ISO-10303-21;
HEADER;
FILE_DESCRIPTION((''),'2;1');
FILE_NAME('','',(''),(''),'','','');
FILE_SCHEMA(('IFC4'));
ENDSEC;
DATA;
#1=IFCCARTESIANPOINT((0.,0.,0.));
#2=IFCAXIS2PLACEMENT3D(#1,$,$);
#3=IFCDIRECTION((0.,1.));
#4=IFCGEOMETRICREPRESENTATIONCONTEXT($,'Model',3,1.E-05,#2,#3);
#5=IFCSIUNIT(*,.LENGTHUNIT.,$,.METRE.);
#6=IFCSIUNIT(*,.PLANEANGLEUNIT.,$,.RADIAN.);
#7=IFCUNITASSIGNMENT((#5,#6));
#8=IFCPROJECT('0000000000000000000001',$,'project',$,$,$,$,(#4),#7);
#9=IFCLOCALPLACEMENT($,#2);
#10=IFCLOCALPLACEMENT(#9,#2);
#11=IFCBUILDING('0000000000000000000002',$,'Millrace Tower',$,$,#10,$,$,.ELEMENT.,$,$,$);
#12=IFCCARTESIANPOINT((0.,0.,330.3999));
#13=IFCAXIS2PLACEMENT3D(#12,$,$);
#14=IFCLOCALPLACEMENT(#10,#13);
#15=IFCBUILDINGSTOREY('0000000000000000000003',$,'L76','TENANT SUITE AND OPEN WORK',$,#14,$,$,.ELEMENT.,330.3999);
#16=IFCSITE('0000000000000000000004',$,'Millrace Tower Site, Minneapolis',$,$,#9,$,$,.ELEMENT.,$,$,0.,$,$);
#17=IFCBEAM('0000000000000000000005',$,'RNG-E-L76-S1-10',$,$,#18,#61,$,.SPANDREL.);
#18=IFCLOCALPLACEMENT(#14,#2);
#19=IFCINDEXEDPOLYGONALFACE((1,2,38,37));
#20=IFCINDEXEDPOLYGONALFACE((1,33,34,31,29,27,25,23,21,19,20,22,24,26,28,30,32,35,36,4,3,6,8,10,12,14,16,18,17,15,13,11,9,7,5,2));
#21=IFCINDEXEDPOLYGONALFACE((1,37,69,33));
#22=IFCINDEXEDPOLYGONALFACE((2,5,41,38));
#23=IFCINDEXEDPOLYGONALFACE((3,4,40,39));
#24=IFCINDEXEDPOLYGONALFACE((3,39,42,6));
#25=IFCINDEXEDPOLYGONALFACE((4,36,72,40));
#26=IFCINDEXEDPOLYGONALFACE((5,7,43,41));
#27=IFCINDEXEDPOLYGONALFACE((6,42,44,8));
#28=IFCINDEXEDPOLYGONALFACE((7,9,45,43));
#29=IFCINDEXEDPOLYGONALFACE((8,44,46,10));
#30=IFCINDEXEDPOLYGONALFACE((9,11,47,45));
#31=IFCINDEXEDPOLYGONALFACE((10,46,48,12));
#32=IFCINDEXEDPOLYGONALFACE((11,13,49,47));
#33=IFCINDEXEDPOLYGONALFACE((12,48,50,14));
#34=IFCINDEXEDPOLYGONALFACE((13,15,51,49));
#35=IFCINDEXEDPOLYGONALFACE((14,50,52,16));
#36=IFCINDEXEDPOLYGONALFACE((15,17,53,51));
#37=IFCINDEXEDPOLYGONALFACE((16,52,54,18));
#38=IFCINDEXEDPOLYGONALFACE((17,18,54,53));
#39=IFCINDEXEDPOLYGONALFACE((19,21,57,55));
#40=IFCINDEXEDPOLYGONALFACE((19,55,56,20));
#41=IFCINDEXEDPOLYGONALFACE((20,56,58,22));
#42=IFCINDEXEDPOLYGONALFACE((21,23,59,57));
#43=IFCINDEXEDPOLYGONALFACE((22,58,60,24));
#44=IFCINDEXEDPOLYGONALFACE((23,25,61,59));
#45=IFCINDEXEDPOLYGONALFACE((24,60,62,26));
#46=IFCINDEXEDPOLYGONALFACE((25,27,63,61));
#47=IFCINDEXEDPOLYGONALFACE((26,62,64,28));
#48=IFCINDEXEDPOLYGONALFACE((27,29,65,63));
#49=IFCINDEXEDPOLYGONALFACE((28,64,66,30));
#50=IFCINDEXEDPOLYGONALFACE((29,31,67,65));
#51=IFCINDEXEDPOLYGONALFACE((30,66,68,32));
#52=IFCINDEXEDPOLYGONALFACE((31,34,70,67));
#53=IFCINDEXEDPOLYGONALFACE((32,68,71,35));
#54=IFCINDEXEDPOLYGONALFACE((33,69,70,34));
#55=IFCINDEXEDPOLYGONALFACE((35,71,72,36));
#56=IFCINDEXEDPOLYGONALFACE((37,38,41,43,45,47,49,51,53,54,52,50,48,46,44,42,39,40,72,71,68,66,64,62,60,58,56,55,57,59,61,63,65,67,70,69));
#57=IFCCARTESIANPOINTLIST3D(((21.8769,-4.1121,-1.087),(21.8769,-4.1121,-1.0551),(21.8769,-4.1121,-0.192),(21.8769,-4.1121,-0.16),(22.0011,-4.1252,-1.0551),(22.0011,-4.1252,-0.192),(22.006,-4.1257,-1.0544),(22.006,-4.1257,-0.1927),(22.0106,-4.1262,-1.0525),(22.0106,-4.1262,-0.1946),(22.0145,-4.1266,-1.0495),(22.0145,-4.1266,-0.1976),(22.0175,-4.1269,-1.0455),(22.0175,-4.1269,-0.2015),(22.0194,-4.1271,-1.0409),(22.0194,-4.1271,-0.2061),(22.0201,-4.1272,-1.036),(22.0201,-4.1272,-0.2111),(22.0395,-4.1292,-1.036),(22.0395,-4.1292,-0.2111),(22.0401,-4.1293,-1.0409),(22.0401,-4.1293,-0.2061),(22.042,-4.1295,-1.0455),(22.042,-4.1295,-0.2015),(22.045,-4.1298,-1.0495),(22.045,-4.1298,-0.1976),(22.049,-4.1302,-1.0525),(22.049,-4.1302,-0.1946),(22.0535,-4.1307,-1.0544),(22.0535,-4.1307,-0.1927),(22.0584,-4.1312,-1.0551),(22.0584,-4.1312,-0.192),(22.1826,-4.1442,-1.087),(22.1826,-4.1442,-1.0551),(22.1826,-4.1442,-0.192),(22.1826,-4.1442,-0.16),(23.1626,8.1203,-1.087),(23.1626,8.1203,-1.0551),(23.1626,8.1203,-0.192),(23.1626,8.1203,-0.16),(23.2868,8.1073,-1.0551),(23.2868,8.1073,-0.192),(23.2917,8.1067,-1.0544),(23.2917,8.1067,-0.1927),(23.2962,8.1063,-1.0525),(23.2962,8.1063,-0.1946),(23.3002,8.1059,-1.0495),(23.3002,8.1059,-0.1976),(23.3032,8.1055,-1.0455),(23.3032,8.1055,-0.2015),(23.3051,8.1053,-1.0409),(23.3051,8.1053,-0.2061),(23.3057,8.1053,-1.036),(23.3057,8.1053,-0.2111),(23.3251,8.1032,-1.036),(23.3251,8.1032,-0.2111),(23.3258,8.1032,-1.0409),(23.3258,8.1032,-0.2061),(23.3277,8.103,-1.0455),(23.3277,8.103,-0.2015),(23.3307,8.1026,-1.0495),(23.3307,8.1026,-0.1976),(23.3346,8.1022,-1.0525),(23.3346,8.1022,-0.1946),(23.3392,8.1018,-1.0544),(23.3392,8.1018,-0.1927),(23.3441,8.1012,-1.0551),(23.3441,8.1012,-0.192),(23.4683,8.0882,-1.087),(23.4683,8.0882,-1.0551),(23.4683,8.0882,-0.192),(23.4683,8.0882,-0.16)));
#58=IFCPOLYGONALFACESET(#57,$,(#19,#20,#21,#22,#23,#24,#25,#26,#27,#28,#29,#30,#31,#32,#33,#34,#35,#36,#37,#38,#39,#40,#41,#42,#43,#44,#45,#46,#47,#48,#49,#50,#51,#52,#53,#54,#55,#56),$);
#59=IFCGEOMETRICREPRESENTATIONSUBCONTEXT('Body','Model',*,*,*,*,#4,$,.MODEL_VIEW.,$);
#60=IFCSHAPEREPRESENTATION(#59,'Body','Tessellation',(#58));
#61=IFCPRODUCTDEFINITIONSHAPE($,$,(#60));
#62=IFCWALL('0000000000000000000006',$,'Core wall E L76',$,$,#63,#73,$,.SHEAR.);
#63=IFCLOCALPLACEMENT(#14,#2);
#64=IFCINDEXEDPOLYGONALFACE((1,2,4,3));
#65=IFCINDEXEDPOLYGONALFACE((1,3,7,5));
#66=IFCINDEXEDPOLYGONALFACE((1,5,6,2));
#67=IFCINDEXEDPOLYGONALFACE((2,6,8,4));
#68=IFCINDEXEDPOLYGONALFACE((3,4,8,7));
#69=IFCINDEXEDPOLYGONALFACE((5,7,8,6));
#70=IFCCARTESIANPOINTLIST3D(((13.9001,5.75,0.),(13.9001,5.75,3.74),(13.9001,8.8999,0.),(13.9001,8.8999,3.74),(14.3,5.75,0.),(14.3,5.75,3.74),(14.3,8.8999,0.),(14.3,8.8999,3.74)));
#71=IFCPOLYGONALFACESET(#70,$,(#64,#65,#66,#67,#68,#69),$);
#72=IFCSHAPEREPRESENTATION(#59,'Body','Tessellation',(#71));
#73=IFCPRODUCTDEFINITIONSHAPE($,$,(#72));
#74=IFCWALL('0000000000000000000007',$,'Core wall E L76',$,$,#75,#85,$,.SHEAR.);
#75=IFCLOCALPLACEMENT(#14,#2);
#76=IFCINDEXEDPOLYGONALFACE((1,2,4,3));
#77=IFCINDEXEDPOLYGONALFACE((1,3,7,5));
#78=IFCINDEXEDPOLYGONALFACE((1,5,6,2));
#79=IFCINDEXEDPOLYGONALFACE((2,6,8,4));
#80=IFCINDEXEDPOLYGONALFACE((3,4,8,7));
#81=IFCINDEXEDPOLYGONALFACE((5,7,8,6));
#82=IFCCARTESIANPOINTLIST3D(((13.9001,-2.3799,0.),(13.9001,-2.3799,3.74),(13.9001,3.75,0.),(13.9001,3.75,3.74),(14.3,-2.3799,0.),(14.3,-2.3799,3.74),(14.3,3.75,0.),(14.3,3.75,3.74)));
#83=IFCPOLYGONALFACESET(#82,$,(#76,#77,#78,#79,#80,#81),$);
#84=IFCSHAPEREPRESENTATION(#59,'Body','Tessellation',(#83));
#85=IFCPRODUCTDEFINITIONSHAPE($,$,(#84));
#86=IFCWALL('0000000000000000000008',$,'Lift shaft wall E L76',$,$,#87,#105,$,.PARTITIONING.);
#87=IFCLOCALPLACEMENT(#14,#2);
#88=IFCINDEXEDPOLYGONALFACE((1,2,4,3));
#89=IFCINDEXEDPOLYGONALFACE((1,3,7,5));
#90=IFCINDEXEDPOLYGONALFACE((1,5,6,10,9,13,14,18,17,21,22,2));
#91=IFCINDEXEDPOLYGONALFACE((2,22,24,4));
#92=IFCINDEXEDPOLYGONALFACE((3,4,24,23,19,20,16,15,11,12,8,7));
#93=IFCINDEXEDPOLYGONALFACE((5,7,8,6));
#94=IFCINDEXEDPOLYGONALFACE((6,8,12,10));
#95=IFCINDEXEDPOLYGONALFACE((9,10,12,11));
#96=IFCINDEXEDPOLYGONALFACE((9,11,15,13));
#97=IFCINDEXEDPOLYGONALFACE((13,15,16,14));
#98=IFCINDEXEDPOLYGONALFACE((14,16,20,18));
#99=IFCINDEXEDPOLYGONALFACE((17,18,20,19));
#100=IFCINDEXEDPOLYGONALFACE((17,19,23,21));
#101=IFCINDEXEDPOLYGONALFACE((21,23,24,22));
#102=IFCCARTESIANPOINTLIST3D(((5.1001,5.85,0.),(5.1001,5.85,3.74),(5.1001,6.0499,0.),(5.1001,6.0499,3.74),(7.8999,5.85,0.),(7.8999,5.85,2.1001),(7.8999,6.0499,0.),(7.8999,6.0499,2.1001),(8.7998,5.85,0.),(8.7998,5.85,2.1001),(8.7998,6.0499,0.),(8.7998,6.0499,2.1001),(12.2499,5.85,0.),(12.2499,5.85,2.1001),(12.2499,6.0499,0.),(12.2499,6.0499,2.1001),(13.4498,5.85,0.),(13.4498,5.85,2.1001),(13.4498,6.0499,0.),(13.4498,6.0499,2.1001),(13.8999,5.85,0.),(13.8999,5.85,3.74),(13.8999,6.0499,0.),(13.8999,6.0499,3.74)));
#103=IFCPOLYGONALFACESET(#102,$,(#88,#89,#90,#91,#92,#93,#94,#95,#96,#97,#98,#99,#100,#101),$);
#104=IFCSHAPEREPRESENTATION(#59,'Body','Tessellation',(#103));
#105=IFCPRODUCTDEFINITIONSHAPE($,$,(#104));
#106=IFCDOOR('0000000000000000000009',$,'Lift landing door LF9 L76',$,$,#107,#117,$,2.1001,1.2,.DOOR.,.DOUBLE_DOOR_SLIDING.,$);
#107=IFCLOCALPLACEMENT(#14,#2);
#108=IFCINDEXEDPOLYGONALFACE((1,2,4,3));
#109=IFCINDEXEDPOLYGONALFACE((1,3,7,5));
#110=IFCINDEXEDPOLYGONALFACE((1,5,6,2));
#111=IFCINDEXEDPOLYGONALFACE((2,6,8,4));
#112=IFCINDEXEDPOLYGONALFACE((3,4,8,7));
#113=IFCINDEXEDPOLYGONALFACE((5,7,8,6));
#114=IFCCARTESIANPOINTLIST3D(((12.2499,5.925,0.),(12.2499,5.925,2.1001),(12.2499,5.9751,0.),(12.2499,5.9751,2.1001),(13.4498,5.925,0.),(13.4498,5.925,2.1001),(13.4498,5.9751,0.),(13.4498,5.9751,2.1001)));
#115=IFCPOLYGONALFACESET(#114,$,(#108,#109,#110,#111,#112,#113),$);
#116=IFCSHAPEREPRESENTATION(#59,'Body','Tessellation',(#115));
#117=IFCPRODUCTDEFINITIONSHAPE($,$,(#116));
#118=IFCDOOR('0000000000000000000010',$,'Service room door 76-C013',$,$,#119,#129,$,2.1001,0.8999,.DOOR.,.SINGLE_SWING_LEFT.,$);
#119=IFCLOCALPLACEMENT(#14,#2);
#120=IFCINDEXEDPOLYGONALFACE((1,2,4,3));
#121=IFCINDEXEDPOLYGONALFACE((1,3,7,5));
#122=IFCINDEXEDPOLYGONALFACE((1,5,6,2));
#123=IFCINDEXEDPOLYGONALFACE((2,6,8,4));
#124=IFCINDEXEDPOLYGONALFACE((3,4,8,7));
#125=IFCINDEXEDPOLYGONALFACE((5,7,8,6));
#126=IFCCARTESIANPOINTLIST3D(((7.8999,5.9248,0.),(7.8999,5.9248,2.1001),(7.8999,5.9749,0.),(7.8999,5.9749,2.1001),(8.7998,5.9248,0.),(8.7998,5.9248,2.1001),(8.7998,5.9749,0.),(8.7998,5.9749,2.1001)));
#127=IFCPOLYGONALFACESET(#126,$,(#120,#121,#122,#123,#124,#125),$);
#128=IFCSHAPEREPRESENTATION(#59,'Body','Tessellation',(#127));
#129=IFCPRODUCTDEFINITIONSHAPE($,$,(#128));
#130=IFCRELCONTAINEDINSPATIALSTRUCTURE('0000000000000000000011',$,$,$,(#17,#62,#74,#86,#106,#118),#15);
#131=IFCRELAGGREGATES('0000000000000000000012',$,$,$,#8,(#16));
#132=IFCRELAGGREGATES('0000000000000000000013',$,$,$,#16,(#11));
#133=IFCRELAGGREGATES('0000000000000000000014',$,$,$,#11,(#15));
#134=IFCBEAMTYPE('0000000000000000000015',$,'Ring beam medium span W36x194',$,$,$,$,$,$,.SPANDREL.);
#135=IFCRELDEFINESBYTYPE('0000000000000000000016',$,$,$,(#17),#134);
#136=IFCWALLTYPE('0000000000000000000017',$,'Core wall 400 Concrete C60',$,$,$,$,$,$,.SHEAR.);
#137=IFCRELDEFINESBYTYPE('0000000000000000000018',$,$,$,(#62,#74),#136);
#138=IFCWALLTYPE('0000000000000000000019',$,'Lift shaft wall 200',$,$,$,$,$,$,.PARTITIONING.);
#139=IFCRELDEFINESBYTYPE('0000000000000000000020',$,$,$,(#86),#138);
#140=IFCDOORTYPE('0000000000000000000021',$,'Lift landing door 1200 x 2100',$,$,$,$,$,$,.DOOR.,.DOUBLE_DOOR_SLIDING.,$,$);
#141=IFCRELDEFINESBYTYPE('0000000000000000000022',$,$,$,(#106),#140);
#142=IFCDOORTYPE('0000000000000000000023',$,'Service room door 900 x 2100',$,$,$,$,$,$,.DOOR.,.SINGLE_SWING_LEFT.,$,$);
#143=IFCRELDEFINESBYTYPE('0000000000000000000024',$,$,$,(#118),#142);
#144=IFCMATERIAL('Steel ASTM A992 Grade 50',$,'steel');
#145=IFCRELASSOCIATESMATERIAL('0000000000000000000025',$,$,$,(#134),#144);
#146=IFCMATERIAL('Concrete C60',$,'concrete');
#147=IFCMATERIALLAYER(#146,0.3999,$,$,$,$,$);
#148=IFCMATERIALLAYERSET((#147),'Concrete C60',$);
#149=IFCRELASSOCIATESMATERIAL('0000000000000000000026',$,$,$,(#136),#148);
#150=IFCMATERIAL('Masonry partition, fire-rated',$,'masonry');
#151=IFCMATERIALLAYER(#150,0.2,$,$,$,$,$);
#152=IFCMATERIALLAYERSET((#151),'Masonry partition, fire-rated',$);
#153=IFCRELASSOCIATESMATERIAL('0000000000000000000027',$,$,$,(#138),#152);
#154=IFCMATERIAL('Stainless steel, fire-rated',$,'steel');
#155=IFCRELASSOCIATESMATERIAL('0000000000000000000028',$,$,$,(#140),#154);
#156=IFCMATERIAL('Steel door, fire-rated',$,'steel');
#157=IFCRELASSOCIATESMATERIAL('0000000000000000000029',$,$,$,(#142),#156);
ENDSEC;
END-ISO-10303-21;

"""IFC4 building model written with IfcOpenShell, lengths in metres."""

from ifc_helpers import new_model, si_unit, direction, frame, frame_2d, origin, origin_2d, place, context, subcontext, project, spatial, rectangle, i_section, extrude, material, layer, layer_set, material_profile, profile_set, type_object, element, fill, save


model = new_model("IFC4")

# Units and contexts
model_context = context("Model", 3, precision=1e-05, world=origin(), true_north=direction((0.0, 1.0)))
body_context = subcontext(model_context, "Body", "Model", "MODEL_VIEW")
ifc_project = project(units=[si_unit("LENGTHUNIT", "METRE"), si_unit("PLANEANGLEUNIT", "RADIAN")], contexts=[model_context])

# Site, building, storey
site_placement = place(None, origin())
site = spatial("IfcSite", under=ifc_project, at=site_placement, Name="Millrace Tower Site, Minneapolis", CompositionType="ELEMENT", RefElevation=0.0)
building_placement = place(site_placement, origin())
building = spatial("IfcBuilding", under=site, at=building_placement, Name="Millrace Tower", CompositionType="ELEMENT")
storey_placement = place(building_placement, frame((0.0, 0.0, 330.3999)))
storey = spatial("IfcBuildingStorey", under=building, at=storey_placement, Name="L76", Description="TENANT SUITE AND OPEN WORK", CompositionType="ELEMENT", Elevation=330.3999)

# Beam
ifc_material_1 = material(Name="Steel ASTM A992 Grade 50", Category="steel")
ifc_material_profile_1 = material_profile(ifc_material_1, i_section(OverallWidth=0.3074, OverallDepth=0.927, WebThickness=0.0195, FlangeThickness=0.032, FilletRadius=0.019, at=origin_2d()))
ifc_profile_set_1 = profile_set([ifc_material_profile_1], Name="Steel ASTM A992 Grade 50")
beam_type_1 = type_object("IfcBeamType", Name="Ring beam medium span W36x194", PredefinedType="SPANDREL", material=ifc_profile_set_1)
beam_1_placement = place(storey_placement, frame((23.3154, 8.1042, -0.6235), z_axis=(-0.104526, -0.994522, 0.0), x_axis=(0.994522, -0.104526, 0.0)))
element("IfcBeam", 1, at=beam_1_placement, inside=storey, type_object=beam_type_1, Name="RNG-E-L76-S1-10", PredefinedType="SPANDREL", context=body_context, shape_type="SweptSolid", body=[
    extrude(i_section(OverallWidth=0.3074, OverallDepth=0.927, WebThickness=0.0195, FlangeThickness=0.032, FilletRadius=0.019, at=origin_2d()), origin(), (0.0, 0.0, 1.0), 12.2998),
])

# Walls
ifc_material_2 = material(Name="Concrete C60", Category="concrete")
ifc_layer_1 = layer(ifc_material_2, 0.3999)
ifc_layer_set_1 = layer_set([ifc_layer_1], Name="Concrete C60")
wall_type_1 = type_object("IfcWallType", Name="Core wall 400 Concrete C60", PredefinedType="SHEAR", material=ifc_layer_set_1)
wall_1_placement = place(storey_placement, frame((14.1001, 8.8999, 0.0), z_axis=(0.0, 0.0, 1.0), x_axis=(0.0, -1.0, 0.0)))
element("IfcWall", 2, at=wall_1_placement, inside=storey, type_object=wall_type_1, Name="Core wall E L76", PredefinedType="SHEAR", context=body_context, shape_type="SweptSolid", body=[
    extrude(rectangle(XDim=3.1499, YDim=0.3999, at=frame_2d((1.575, 0.0))), origin(), (0.0, 0.0, 1.0), 3.74),
])
wall_2_placement = place(storey_placement, frame((14.1001, 3.75, 0.0), z_axis=(0.0, 0.0, 1.0), x_axis=(0.0, -1.0, 0.0)))
element("IfcWall", 3, at=wall_2_placement, inside=storey, type_object=wall_type_1, Name="Core wall E L76", PredefinedType="SHEAR", context=body_context, shape_type="SweptSolid", body=[
    extrude(rectangle(XDim=6.1299, YDim=0.3999, at=frame_2d((3.0649, 0.0))), origin(), (0.0, 0.0, 1.0), 3.74),
])

# Wall, openings, doors
ifc_material_3 = material(Name="Masonry partition, fire-rated", Category="masonry")
ifc_layer_2 = layer(ifc_material_3, 0.2)
ifc_layer_set_2 = layer_set([ifc_layer_2], Name="Masonry partition, fire-rated")
wall_type_2 = type_object("IfcWallType", Name="Lift shaft wall 200", PredefinedType="PARTITIONING", material=ifc_layer_set_2)
wall_3_placement = place(storey_placement, frame((13.8999, 5.95, 0.0), z_axis=(0.0, 0.0, 1.0), x_axis=(-1.0, 0.0, 0.0)))
wall_3 = element("IfcWall", 4, at=wall_3_placement, inside=storey, type_object=wall_type_2, Name="Lift shaft wall E L76", PredefinedType="PARTITIONING", context=body_context, shape_type="SweptSolid", body=[
    extrude(rectangle(XDim=8.7998, YDim=0.2, at=frame_2d((4.3999, 0.0))), origin(), (0.0, 0.0, 1.0), 3.74),
])
opening_1_placement = place(wall_3_placement, frame((0.45, 0.0, 0.0)))
opening_1 = element("IfcOpeningElement", 5, at=opening_1_placement, cuts=wall_3, PredefinedType="OPENING", context=body_context, shape_type="SweptSolid", body=[
    extrude(rectangle(XDim=1.2, YDim=2.1001, at=frame_2d((0.6001, 1.05))), frame((0.0, 0.1099, 0.0), z_axis=(0.0, -1.0, 0.0), x_axis=(1.0, 0.0, 0.0)), (0.0, 0.0, 1.0), 0.22),
])
opening_2_placement = place(wall_3_placement, frame((5.1001, 0.0, 0.0)))
opening_2 = element("IfcOpeningElement", 6, at=opening_2_placement, cuts=wall_3, PredefinedType="OPENING", context=body_context, shape_type="SweptSolid", body=[
    extrude(rectangle(XDim=0.8999, YDim=2.1001, at=frame_2d((0.45, 1.05))), frame((0.0, 0.1099, 0.0), z_axis=(0.0, -1.0, 0.0), x_axis=(1.0, 0.0, 0.0)), (0.0, 0.0, 1.0), 0.22),
])
ifc_material_4 = material(Name="Stainless steel, fire-rated", Category="steel")
door_type_1 = type_object("IfcDoorType", Name="Lift landing door 1200 x 2100", OperationType="DOUBLE_DOOR_SLIDING", PredefinedType="DOOR", material=ifc_material_4)
door_1_placement = place(opening_1_placement, origin())
door_1 = element("IfcDoor", 7, at=door_1_placement, inside=storey, type_object=door_type_1, Name="Lift landing door LF9 L76", OperationType="DOUBLE_DOOR_SLIDING", OverallHeight=2.1001, OverallWidth=1.2, PredefinedType="DOOR", context=body_context, shape_type="SweptSolid", body=[
    extrude(rectangle(XDim=1.2, YDim=2.1001, at=frame_2d((0.6001, 1.05))), frame((0.0, 0.0249, 0.0), z_axis=(0.0, -1.0, 0.0), x_axis=(1.0, 0.0, 0.0)), (0.0, 0.0, 1.0), 0.05),
])
fill(opening_1, door_1)
ifc_material_5 = material(Name="Steel door, fire-rated", Category="steel")
door_type_2 = type_object("IfcDoorType", Name="Service room door 900 x 2100", OperationType="SINGLE_SWING_LEFT", PredefinedType="DOOR", material=ifc_material_5)
door_2_placement = place(opening_2_placement, frame((0.8999, 0.0, 0.0), z_axis=(0.0, 0.0, 1.0), x_axis=(-1.0, 0.0, 0.0)))
door_2 = element("IfcDoor", 8, at=door_2_placement, inside=storey, type_object=door_type_2, Name="Service room door 76-C013", OperationType="SINGLE_SWING_LEFT", OverallHeight=2.1001, OverallWidth=0.8999, PredefinedType="DOOR", context=body_context, shape_type="SweptSolid", body=[
    extrude(rectangle(XDim=0.8999, YDim=2.1001, at=frame_2d((0.45, 1.05))), frame((0.0, 0.0249, 0.0), z_axis=(0.0, -1.0, 0.0), x_axis=(1.0, 0.0, 0.0)), (0.0, 0.0, 1.0), 0.05),
])
fill(opening_2, door_2)

save(model, "model.ifc")
